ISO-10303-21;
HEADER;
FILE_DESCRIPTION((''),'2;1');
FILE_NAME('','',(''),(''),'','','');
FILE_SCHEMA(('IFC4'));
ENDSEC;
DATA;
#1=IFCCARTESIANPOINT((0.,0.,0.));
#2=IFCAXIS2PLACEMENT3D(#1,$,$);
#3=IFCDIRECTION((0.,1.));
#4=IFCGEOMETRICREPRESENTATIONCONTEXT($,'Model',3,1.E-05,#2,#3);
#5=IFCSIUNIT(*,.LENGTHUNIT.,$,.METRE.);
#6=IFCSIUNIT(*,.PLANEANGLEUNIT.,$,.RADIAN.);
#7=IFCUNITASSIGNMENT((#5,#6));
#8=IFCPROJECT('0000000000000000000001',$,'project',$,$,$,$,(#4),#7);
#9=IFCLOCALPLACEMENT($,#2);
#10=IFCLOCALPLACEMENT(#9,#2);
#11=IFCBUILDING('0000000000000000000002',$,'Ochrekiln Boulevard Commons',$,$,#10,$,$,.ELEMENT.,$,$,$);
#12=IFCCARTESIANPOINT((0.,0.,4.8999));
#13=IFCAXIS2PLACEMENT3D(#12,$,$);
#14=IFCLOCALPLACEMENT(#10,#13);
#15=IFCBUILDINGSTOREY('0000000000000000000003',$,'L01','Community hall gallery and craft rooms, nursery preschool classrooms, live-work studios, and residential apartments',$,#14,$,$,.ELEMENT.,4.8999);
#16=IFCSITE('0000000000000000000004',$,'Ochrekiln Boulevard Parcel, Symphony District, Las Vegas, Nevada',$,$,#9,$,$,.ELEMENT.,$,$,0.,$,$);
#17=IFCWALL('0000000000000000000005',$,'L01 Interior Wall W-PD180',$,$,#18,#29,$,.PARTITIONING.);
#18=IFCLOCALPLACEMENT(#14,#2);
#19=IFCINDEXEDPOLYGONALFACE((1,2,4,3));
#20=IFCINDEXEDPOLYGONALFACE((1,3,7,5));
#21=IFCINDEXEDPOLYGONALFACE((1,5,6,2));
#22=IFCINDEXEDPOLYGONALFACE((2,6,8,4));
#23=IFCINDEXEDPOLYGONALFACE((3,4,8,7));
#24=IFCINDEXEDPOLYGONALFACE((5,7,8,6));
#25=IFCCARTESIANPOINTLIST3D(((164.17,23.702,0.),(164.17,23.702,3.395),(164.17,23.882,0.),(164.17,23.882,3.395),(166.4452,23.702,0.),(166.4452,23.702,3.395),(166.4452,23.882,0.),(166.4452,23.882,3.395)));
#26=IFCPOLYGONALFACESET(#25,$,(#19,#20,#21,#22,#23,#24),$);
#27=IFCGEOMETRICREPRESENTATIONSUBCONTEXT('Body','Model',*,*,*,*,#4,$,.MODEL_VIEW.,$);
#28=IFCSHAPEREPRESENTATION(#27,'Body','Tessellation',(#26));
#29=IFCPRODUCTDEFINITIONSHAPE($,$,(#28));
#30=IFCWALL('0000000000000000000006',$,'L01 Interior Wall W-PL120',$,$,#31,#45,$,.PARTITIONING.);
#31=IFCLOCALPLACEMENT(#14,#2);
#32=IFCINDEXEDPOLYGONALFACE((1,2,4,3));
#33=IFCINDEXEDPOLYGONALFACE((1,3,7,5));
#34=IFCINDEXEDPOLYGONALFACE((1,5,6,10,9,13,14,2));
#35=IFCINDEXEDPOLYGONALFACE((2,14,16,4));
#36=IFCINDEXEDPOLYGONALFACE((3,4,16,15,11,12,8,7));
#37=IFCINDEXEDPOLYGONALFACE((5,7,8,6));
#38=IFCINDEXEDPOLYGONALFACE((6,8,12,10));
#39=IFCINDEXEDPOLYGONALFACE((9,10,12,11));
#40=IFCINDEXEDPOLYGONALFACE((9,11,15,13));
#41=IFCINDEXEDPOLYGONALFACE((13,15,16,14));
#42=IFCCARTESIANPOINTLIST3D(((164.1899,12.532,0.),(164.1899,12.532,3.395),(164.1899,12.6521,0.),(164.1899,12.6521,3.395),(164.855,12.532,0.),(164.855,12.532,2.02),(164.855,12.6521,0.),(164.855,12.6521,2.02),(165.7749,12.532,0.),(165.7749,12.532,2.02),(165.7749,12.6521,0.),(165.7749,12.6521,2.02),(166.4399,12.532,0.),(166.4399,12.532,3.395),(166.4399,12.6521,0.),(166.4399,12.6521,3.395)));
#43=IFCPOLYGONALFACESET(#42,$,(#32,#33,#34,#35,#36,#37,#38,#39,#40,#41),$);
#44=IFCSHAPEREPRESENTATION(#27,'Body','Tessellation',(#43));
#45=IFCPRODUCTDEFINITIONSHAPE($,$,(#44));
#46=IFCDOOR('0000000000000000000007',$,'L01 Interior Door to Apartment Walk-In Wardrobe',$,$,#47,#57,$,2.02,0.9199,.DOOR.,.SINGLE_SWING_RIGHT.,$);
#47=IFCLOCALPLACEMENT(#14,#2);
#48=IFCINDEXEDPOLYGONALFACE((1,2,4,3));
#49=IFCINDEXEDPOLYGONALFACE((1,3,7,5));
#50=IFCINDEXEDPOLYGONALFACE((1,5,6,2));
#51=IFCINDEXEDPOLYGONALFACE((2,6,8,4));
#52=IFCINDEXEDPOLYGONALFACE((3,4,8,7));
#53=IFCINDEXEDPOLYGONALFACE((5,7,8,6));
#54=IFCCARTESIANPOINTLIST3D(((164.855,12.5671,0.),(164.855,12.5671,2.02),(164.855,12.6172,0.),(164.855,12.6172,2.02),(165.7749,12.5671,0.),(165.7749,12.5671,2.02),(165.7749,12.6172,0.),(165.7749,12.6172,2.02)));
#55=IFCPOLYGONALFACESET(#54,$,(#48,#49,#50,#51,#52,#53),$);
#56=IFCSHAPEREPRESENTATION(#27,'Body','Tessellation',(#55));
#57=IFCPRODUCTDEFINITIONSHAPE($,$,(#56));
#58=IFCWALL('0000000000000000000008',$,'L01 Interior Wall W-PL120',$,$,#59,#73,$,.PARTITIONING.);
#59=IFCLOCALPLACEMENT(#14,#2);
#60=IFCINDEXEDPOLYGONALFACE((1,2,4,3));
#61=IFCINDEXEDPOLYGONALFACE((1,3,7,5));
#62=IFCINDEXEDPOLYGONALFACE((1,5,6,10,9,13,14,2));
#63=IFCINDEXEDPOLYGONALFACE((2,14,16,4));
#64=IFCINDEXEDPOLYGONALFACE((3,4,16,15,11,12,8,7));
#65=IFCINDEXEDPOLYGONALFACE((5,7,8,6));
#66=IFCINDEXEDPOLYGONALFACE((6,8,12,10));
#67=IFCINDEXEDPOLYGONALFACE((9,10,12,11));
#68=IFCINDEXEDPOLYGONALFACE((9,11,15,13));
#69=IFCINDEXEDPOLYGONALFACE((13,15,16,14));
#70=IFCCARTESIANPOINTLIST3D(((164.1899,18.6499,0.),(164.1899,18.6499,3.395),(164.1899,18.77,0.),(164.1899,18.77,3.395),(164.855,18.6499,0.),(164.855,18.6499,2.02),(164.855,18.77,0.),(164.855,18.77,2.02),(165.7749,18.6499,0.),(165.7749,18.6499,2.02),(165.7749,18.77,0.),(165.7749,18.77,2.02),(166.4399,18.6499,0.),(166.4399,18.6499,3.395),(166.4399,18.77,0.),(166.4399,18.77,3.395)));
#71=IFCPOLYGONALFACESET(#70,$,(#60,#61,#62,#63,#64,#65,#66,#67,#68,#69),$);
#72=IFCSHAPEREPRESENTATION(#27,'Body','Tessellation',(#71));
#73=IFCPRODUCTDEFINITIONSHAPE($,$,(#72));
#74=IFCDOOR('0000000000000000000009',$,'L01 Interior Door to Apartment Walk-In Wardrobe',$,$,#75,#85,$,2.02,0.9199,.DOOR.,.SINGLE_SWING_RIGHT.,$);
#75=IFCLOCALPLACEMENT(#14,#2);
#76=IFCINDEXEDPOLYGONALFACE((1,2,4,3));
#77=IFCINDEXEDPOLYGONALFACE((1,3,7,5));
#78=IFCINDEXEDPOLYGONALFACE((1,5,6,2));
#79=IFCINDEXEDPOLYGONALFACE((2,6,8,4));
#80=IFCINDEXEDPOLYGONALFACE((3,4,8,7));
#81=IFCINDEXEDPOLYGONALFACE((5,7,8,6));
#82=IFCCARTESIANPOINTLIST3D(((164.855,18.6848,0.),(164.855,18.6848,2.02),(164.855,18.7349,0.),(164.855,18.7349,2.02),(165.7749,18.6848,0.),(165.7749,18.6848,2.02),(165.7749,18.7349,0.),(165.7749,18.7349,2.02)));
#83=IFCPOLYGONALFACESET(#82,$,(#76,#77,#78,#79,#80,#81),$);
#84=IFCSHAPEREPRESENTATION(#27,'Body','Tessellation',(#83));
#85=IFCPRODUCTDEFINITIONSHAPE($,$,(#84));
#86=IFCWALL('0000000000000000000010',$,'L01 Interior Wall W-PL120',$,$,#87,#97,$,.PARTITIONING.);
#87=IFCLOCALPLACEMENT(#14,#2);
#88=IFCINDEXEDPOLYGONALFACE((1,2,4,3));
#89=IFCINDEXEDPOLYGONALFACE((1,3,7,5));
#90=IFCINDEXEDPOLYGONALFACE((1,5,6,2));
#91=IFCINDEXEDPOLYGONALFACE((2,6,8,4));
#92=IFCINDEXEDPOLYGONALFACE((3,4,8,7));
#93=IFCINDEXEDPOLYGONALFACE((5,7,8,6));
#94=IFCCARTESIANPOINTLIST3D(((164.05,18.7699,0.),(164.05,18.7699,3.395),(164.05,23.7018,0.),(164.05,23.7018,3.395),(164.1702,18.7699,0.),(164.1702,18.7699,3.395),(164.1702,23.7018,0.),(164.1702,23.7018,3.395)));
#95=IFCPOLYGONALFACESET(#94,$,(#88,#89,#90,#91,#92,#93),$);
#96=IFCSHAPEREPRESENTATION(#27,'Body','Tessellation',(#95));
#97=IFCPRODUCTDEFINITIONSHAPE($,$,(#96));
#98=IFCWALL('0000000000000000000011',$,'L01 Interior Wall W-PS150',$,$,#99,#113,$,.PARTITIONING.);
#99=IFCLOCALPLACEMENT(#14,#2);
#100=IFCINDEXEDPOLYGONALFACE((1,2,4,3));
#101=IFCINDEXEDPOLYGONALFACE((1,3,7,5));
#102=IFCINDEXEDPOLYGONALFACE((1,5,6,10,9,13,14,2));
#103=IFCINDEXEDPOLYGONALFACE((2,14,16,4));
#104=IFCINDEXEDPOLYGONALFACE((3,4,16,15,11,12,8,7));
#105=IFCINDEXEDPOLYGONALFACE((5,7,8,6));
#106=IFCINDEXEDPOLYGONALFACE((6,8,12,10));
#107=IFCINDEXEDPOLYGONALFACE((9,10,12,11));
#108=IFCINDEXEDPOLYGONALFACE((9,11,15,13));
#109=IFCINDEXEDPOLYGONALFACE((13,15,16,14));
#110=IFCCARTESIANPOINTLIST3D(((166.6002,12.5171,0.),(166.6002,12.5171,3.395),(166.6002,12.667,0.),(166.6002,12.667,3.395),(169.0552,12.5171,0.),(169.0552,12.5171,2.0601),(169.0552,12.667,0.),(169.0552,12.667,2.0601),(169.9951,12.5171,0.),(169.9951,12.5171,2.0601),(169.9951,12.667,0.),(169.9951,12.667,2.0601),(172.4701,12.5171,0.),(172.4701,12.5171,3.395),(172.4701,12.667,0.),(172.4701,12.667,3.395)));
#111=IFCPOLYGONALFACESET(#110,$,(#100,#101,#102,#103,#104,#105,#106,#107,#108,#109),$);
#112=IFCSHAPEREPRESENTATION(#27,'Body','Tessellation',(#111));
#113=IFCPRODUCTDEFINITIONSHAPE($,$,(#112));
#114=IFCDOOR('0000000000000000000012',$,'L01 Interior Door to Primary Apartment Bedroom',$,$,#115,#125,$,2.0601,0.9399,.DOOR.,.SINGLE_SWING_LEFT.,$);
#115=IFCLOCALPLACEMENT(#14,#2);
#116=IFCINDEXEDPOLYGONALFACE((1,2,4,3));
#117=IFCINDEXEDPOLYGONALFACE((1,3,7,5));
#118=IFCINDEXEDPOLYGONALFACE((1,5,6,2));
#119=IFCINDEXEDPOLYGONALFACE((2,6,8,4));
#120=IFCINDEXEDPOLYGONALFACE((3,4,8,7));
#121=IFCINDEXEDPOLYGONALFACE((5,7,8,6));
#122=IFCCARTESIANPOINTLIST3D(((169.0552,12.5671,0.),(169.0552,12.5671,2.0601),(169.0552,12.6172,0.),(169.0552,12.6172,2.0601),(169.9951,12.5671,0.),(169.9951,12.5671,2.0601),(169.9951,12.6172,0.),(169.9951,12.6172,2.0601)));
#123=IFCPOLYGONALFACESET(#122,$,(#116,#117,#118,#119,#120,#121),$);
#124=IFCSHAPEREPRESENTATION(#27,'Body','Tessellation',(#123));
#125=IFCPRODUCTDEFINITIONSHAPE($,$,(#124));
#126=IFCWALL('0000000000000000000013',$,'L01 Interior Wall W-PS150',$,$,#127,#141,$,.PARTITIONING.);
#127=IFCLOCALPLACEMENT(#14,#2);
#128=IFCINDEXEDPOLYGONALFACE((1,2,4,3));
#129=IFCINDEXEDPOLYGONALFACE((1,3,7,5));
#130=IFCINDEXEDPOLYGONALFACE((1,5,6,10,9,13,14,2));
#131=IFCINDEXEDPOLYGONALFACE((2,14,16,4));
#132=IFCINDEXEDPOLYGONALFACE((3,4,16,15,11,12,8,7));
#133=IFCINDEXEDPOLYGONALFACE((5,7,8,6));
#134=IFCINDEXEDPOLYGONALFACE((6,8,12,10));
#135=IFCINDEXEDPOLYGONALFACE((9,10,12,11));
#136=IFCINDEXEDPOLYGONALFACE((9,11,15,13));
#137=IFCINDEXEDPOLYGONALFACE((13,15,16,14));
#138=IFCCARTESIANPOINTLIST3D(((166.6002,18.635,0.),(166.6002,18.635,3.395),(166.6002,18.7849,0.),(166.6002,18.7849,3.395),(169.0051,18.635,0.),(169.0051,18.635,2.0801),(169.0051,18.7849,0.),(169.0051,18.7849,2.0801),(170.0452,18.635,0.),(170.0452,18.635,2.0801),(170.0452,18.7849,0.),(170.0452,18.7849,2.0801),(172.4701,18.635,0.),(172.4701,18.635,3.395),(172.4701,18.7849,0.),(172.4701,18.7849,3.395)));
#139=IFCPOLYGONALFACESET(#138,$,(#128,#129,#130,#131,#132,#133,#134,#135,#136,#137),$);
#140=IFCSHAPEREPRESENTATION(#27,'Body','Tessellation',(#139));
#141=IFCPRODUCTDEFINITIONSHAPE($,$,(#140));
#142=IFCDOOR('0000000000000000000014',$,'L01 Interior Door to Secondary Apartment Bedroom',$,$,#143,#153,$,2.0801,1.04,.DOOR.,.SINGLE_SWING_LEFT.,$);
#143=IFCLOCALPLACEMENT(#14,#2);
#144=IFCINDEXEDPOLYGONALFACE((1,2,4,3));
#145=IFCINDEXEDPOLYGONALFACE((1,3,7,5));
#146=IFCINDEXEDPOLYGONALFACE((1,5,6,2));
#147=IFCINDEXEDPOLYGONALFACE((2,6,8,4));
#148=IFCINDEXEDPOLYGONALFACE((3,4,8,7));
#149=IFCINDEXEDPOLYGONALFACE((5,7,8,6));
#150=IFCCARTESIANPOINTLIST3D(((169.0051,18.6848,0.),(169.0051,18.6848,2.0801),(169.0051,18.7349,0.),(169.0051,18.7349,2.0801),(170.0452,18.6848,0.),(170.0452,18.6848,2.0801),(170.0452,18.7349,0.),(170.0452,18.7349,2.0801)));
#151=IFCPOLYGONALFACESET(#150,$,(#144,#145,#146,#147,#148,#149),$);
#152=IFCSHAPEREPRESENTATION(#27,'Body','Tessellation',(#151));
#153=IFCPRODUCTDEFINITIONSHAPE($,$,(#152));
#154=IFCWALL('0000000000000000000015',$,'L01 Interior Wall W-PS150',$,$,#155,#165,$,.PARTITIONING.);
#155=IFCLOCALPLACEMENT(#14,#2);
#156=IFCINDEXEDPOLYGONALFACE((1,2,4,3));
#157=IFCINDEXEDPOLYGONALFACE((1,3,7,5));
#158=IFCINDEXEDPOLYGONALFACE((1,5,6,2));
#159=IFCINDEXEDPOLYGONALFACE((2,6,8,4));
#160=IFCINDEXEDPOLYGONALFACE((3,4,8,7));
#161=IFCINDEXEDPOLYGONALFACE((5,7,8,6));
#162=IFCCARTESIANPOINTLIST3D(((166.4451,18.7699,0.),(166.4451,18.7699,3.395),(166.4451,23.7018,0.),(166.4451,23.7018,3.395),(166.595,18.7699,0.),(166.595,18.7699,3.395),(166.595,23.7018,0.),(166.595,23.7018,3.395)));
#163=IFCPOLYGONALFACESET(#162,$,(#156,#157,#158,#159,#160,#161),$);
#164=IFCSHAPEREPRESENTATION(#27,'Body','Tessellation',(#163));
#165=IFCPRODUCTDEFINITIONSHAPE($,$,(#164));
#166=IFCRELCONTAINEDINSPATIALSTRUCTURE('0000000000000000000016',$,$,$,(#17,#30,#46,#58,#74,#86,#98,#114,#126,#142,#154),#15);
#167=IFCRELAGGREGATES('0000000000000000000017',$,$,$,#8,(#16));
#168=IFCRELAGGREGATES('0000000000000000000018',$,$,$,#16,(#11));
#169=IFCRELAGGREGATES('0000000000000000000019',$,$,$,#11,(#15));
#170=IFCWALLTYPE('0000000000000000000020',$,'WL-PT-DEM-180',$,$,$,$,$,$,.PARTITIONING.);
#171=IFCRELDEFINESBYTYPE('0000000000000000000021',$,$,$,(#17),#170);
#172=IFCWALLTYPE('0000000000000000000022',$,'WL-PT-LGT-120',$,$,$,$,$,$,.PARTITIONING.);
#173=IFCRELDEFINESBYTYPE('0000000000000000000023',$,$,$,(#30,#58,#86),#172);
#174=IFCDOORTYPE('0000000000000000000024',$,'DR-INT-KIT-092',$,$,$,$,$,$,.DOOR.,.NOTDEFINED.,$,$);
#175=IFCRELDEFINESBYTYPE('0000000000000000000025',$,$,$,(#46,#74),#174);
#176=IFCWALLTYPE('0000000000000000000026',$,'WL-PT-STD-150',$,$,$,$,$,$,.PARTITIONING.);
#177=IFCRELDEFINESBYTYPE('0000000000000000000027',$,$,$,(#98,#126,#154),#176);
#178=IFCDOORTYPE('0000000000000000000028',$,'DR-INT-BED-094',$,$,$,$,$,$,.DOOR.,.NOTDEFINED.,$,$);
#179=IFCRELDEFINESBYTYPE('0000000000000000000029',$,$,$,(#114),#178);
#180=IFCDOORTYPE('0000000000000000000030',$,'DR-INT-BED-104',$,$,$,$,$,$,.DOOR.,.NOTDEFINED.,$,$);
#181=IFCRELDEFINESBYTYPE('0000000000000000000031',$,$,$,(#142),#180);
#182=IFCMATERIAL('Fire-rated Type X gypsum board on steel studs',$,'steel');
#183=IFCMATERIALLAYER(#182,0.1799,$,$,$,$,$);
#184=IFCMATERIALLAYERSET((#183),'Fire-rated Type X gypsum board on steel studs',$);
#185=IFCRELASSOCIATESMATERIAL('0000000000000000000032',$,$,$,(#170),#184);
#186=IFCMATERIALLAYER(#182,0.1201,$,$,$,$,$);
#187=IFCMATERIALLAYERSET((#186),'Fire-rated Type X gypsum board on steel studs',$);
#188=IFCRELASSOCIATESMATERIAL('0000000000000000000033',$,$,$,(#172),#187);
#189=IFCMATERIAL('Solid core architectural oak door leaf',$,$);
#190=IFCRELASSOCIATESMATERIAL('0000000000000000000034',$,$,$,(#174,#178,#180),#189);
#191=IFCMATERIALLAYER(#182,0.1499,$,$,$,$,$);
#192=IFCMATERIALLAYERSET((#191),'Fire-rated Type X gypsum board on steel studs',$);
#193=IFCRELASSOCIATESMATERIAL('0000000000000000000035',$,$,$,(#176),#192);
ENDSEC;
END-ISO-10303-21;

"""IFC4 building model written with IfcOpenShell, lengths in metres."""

from ifc_helpers import new_model, si_unit, direction, frame, frame_2d, origin, place, context, subcontext, project, spatial, rectangle, extrude, material, layer, layer_set, type_object, element, fill, save


model = new_model("IFC4")

# Units and contexts
model_context = context("Model", 3, precision=1e-05, world=origin(), true_north=direction((0.0, 1.0)))
body_context = subcontext(model_context, "Body", "Model", "MODEL_VIEW")
ifc_project = project(units=[si_unit("LENGTHUNIT", "METRE"), si_unit("PLANEANGLEUNIT", "RADIAN")], contexts=[model_context])

# Site, building, storey
site_placement = place(None, origin())
site = spatial("IfcSite", under=ifc_project, at=site_placement, Name="Ochrekiln Boulevard Parcel, Symphony District, Las Vegas, Nevada", CompositionType="ELEMENT", RefElevation=0.0)
building_placement = place(site_placement, origin())
building = spatial("IfcBuilding", under=site, at=building_placement, Name="Ochrekiln Boulevard Commons", CompositionType="ELEMENT")
storey_placement = place(building_placement, frame((0.0, 0.0, 4.8999)))
storey = spatial("IfcBuildingStorey", under=building, at=storey_placement, Name="L01", Description="Community hall gallery and craft rooms, nursery preschool classrooms, live-work studios, and residential apartments", CompositionType="ELEMENT", Elevation=4.8999)

# Shared definitions
ifc_material_1 = material(Name="Solid core architectural oak door leaf")

# Wall
ifc_material_2 = material(Name="Fire-rated Type X gypsum board on steel studs", Category="steel")
ifc_layer_1 = layer(ifc_material_2, 0.1799)
ifc_layer_set_1 = layer_set([ifc_layer_1], Name="Fire-rated Type X gypsum board on steel studs")
wall_type_1 = type_object("IfcWallType", Name="WL-PT-DEM-180", PredefinedType="PARTITIONING", material=ifc_layer_set_1)
wall_1_placement = place(storey_placement, frame((164.1699, 23.792, 0.0), z_axis=(0.0, 0.0, 1.0), x_axis=(1.0, 0.0, 0.0)))
element("IfcWall", 1, at=wall_1_placement, inside=storey, type_object=wall_type_1, Name="L01 Interior Wall W-PD180", PredefinedType="PARTITIONING", context=body_context, shape_type="SweptSolid", body=[
    extrude(rectangle(XDim=2.2751, YDim=0.1799, at=frame_2d((1.1377, 0.0))), origin(), (0.0, 0.0, 1.0), 3.395),
])

# Walls, openings, doors
ifc_layer_2 = layer(ifc_material_2, 0.1201)
ifc_layer_set_2 = layer_set([ifc_layer_2], Name="Fire-rated Type X gypsum board on steel studs")
wall_type_2 = type_object("IfcWallType", Name="WL-PT-LGT-120", PredefinedType="PARTITIONING", material=ifc_layer_set_2)
wall_2_placement = place(storey_placement, frame((164.1899, 12.592, 0.0), z_axis=(0.0, 0.0, 1.0), x_axis=(1.0, 0.0, 0.0)))
wall_2 = element("IfcWall", 2, at=wall_2_placement, inside=storey, type_object=wall_type_2, Name="L01 Interior Wall W-PL120", PredefinedType="PARTITIONING", context=body_context, shape_type="SweptSolid", body=[
    extrude(rectangle(XDim=2.25, YDim=0.1201, at=frame_2d((1.125, 0.0))), origin(), (0.0, 0.0, 1.0), 3.395),
])
opening_1_placement = place(wall_2_placement, frame((0.665, 0.0, 0.0)))
opening_1 = element("IfcOpeningElement", 3, at=opening_1_placement, cuts=wall_2, PredefinedType="OPENING", context=body_context, shape_type="SweptSolid", body=[
    extrude(rectangle(XDim=0.9199, YDim=2.02, at=frame_2d((0.46, 1.01))), frame((0.0, 0.0701, 0.0), z_axis=(0.0, -1.0, 0.0), x_axis=(1.0, 0.0, 0.0)), (0.0, 0.0, 1.0), 0.1401),
])
door_type_1 = type_object("IfcDoorType", Name="DR-INT-KIT-092", OperationType="NOTDEFINED", PredefinedType="DOOR", material=ifc_material_1)
door_1_placement = place(opening_1_placement, frame((0.9199, 0.0, 0.0), z_axis=(0.0, 0.0, 1.0), x_axis=(-1.0, 0.0, 0.0)))
door_1 = element("IfcDoor", 4, at=door_1_placement, inside=storey, type_object=door_type_1, Name="L01 Interior Door to Apartment Walk-In Wardrobe", OperationType="SINGLE_SWING_RIGHT", OverallHeight=2.02, OverallWidth=0.9199, PredefinedType="DOOR", context=body_context, shape_type="SweptSolid", body=[
    extrude(rectangle(XDim=0.9199, YDim=2.02, at=frame_2d((0.46, 1.01))), frame((0.0, 0.0249, 0.0), z_axis=(0.0, -1.0, 0.0), x_axis=(1.0, 0.0, 0.0)), (0.0, 0.0, 1.0), 0.05),
])
fill(opening_1, door_1)
wall_3_placement = place(storey_placement, frame((164.1899, 18.71, 0.0), z_axis=(0.0, 0.0, 1.0), x_axis=(1.0, 0.0, 0.0)))
wall_3 = element("IfcWall", 5, at=wall_3_placement, inside=storey, type_object=wall_type_2, Name="L01 Interior Wall W-PL120", PredefinedType="PARTITIONING", context=body_context, shape_type="SweptSolid", body=[
    extrude(rectangle(XDim=2.25, YDim=0.1201, at=frame_2d((1.125, 0.0))), origin(), (0.0, 0.0, 1.0), 3.395),
])
opening_2_placement = place(wall_3_placement, frame((0.665, 0.0, 0.0)))
opening_2 = element("IfcOpeningElement", 6, at=opening_2_placement, cuts=wall_3, PredefinedType="OPENING", context=body_context, shape_type="SweptSolid", body=[
    extrude(rectangle(XDim=0.9199, YDim=2.02, at=frame_2d((0.46, 1.01))), frame((0.0, 0.0701, 0.0), z_axis=(0.0, -1.0, 0.0), x_axis=(1.0, 0.0, 0.0)), (0.0, 0.0, 1.0), 0.1401),
])
door_2_placement = place(opening_2_placement, origin())
door_2 = element("IfcDoor", 7, at=door_2_placement, inside=storey, type_object=door_type_1, Name="L01 Interior Door to Apartment Walk-In Wardrobe", OperationType="SINGLE_SWING_RIGHT", OverallHeight=2.02, OverallWidth=0.9199, PredefinedType="DOOR", context=body_context, shape_type="SweptSolid", body=[
    extrude(rectangle(XDim=0.9199, YDim=2.02, at=frame_2d((0.46, 1.01))), frame((0.0, 0.0249, 0.0), z_axis=(0.0, -1.0, 0.0), x_axis=(1.0, 0.0, 0.0)), (0.0, 0.0, 1.0), 0.05),
])
fill(opening_2, door_2)

# Wall
wall_4_placement = place(storey_placement, frame((164.1101, 18.77, 0.0), z_axis=(0.0, 0.0, 1.0), x_axis=(0.0, 1.0, 0.0)))
element("IfcWall", 8, at=wall_4_placement, inside=storey, type_object=wall_type_2, Name="L01 Interior Wall W-PL120", PredefinedType="PARTITIONING", context=body_context, shape_type="SweptSolid", body=[
    extrude(rectangle(XDim=4.9319, YDim=0.1201, at=frame_2d((2.4658, 0.0))), origin(), (0.0, 0.0, 1.0), 3.395),
])

# Walls, openings, doors
ifc_layer_3 = layer(ifc_material_2, 0.1499)
ifc_layer_set_3 = layer_set([ifc_layer_3], Name="Fire-rated Type X gypsum board on steel studs")
wall_type_3 = type_object("IfcWallType", Name="WL-PT-STD-150", PredefinedType="PARTITIONING", material=ifc_layer_set_3)
wall_5_placement = place(storey_placement, frame((166.6001, 12.592, 0.0), z_axis=(0.0, 0.0, 1.0), x_axis=(1.0, 0.0, 0.0)))
wall_5 = element("IfcWall", 9, at=wall_5_placement, inside=storey, type_object=wall_type_3, Name="L01 Interior Wall W-PS150", PredefinedType="PARTITIONING", context=body_context, shape_type="SweptSolid", body=[
    extrude(rectangle(XDim=5.8699, YDim=0.1499, at=frame_2d((2.9351, 0.0))), origin(), (0.0, 0.0, 1.0), 3.395),
])
opening_3_placement = place(wall_5_placement, frame((2.4551, 0.0, 0.0)))
opening_3 = element("IfcOpeningElement", 10, at=opening_3_placement, cuts=wall_5, PredefinedType="OPENING", context=body_context, shape_type="SweptSolid", body=[
    extrude(rectangle(XDim=0.9399, YDim=2.0601, at=frame_2d((0.47, 1.03))), frame((0.0, 0.085, 0.0), z_axis=(0.0, -1.0, 0.0), x_axis=(1.0, 0.0, 0.0)), (0.0, 0.0, 1.0), 0.1699),
])
door_type_2 = type_object("IfcDoorType", Name="DR-INT-BED-094", OperationType="NOTDEFINED", PredefinedType="DOOR", material=ifc_material_1)
door_3_placement = place(opening_3_placement, frame((0.9399, 0.0, 0.0), z_axis=(0.0, 0.0, 1.0), x_axis=(-1.0, 0.0, 0.0)))
door_3 = element("IfcDoor", 11, at=door_3_placement, inside=storey, type_object=door_type_2, Name="L01 Interior Door to Primary Apartment Bedroom", OperationType="SINGLE_SWING_LEFT", OverallHeight=2.0601, OverallWidth=0.9399, PredefinedType="DOOR", context=body_context, shape_type="SweptSolid", body=[
    extrude(rectangle(XDim=0.9399, YDim=2.0601, at=frame_2d((0.47, 1.03))), frame((0.0, 0.0249, 0.0), z_axis=(0.0, -1.0, 0.0), x_axis=(1.0, 0.0, 0.0)), (0.0, 0.0, 1.0), 0.05),
])
fill(opening_3, door_3)
wall_6_placement = place(storey_placement, frame((166.6001, 18.71, 0.0), z_axis=(0.0, 0.0, 1.0), x_axis=(1.0, 0.0, 0.0)))
wall_6 = element("IfcWall", 12, at=wall_6_placement, inside=storey, type_object=wall_type_3, Name="L01 Interior Wall W-PS150", PredefinedType="PARTITIONING", context=body_context, shape_type="SweptSolid", body=[
    extrude(rectangle(XDim=5.8699, YDim=0.1499, at=frame_2d((2.9351, 0.0))), origin(), (0.0, 0.0, 1.0), 3.395),
])
opening_4_placement = place(wall_6_placement, frame((2.405, 0.0, 0.0)))
opening_4 = element("IfcOpeningElement", 13, at=opening_4_placement, cuts=wall_6, PredefinedType="OPENING", context=body_context, shape_type="SweptSolid", body=[
    extrude(rectangle(XDim=1.04, YDim=2.0801, at=frame_2d((0.52, 1.04))), frame((0.0, 0.085, 0.0), z_axis=(0.0, -1.0, 0.0), x_axis=(1.0, 0.0, 0.0)), (0.0, 0.0, 1.0), 0.1699),
])
door_type_3 = type_object("IfcDoorType", Name="DR-INT-BED-104", OperationType="NOTDEFINED", PredefinedType="DOOR", material=ifc_material_1)
door_4_placement = place(opening_4_placement, origin())
door_4 = element("IfcDoor", 14, at=door_4_placement, inside=storey, type_object=door_type_3, Name="L01 Interior Door to Secondary Apartment Bedroom", OperationType="SINGLE_SWING_LEFT", OverallHeight=2.0801, OverallWidth=1.04, PredefinedType="DOOR", context=body_context, shape_type="SweptSolid", body=[
    extrude(rectangle(XDim=1.04, YDim=2.0801, at=frame_2d((0.52, 1.04))), frame((0.0, 0.0249, 0.0), z_axis=(0.0, -1.0, 0.0), x_axis=(1.0, 0.0, 0.0)), (0.0, 0.0, 1.0), 0.05),
])
fill(opening_4, door_4)

# Wall
wall_7_placement = place(storey_placement, frame((166.52, 18.77, 0.0), z_axis=(0.0, 0.0, 1.0), x_axis=(0.0, 1.0, 0.0)))
element("IfcWall", 15, at=wall_7_placement, inside=storey, type_object=wall_type_3, Name="L01 Interior Wall W-PS150", PredefinedType="PARTITIONING", context=body_context, shape_type="SweptSolid", body=[
    extrude(rectangle(XDim=4.9319, YDim=0.1499, at=frame_2d((2.4658, 0.0))), origin(), (0.0, 0.0, 1.0), 3.395),
])

save(model, "model.ifc")
